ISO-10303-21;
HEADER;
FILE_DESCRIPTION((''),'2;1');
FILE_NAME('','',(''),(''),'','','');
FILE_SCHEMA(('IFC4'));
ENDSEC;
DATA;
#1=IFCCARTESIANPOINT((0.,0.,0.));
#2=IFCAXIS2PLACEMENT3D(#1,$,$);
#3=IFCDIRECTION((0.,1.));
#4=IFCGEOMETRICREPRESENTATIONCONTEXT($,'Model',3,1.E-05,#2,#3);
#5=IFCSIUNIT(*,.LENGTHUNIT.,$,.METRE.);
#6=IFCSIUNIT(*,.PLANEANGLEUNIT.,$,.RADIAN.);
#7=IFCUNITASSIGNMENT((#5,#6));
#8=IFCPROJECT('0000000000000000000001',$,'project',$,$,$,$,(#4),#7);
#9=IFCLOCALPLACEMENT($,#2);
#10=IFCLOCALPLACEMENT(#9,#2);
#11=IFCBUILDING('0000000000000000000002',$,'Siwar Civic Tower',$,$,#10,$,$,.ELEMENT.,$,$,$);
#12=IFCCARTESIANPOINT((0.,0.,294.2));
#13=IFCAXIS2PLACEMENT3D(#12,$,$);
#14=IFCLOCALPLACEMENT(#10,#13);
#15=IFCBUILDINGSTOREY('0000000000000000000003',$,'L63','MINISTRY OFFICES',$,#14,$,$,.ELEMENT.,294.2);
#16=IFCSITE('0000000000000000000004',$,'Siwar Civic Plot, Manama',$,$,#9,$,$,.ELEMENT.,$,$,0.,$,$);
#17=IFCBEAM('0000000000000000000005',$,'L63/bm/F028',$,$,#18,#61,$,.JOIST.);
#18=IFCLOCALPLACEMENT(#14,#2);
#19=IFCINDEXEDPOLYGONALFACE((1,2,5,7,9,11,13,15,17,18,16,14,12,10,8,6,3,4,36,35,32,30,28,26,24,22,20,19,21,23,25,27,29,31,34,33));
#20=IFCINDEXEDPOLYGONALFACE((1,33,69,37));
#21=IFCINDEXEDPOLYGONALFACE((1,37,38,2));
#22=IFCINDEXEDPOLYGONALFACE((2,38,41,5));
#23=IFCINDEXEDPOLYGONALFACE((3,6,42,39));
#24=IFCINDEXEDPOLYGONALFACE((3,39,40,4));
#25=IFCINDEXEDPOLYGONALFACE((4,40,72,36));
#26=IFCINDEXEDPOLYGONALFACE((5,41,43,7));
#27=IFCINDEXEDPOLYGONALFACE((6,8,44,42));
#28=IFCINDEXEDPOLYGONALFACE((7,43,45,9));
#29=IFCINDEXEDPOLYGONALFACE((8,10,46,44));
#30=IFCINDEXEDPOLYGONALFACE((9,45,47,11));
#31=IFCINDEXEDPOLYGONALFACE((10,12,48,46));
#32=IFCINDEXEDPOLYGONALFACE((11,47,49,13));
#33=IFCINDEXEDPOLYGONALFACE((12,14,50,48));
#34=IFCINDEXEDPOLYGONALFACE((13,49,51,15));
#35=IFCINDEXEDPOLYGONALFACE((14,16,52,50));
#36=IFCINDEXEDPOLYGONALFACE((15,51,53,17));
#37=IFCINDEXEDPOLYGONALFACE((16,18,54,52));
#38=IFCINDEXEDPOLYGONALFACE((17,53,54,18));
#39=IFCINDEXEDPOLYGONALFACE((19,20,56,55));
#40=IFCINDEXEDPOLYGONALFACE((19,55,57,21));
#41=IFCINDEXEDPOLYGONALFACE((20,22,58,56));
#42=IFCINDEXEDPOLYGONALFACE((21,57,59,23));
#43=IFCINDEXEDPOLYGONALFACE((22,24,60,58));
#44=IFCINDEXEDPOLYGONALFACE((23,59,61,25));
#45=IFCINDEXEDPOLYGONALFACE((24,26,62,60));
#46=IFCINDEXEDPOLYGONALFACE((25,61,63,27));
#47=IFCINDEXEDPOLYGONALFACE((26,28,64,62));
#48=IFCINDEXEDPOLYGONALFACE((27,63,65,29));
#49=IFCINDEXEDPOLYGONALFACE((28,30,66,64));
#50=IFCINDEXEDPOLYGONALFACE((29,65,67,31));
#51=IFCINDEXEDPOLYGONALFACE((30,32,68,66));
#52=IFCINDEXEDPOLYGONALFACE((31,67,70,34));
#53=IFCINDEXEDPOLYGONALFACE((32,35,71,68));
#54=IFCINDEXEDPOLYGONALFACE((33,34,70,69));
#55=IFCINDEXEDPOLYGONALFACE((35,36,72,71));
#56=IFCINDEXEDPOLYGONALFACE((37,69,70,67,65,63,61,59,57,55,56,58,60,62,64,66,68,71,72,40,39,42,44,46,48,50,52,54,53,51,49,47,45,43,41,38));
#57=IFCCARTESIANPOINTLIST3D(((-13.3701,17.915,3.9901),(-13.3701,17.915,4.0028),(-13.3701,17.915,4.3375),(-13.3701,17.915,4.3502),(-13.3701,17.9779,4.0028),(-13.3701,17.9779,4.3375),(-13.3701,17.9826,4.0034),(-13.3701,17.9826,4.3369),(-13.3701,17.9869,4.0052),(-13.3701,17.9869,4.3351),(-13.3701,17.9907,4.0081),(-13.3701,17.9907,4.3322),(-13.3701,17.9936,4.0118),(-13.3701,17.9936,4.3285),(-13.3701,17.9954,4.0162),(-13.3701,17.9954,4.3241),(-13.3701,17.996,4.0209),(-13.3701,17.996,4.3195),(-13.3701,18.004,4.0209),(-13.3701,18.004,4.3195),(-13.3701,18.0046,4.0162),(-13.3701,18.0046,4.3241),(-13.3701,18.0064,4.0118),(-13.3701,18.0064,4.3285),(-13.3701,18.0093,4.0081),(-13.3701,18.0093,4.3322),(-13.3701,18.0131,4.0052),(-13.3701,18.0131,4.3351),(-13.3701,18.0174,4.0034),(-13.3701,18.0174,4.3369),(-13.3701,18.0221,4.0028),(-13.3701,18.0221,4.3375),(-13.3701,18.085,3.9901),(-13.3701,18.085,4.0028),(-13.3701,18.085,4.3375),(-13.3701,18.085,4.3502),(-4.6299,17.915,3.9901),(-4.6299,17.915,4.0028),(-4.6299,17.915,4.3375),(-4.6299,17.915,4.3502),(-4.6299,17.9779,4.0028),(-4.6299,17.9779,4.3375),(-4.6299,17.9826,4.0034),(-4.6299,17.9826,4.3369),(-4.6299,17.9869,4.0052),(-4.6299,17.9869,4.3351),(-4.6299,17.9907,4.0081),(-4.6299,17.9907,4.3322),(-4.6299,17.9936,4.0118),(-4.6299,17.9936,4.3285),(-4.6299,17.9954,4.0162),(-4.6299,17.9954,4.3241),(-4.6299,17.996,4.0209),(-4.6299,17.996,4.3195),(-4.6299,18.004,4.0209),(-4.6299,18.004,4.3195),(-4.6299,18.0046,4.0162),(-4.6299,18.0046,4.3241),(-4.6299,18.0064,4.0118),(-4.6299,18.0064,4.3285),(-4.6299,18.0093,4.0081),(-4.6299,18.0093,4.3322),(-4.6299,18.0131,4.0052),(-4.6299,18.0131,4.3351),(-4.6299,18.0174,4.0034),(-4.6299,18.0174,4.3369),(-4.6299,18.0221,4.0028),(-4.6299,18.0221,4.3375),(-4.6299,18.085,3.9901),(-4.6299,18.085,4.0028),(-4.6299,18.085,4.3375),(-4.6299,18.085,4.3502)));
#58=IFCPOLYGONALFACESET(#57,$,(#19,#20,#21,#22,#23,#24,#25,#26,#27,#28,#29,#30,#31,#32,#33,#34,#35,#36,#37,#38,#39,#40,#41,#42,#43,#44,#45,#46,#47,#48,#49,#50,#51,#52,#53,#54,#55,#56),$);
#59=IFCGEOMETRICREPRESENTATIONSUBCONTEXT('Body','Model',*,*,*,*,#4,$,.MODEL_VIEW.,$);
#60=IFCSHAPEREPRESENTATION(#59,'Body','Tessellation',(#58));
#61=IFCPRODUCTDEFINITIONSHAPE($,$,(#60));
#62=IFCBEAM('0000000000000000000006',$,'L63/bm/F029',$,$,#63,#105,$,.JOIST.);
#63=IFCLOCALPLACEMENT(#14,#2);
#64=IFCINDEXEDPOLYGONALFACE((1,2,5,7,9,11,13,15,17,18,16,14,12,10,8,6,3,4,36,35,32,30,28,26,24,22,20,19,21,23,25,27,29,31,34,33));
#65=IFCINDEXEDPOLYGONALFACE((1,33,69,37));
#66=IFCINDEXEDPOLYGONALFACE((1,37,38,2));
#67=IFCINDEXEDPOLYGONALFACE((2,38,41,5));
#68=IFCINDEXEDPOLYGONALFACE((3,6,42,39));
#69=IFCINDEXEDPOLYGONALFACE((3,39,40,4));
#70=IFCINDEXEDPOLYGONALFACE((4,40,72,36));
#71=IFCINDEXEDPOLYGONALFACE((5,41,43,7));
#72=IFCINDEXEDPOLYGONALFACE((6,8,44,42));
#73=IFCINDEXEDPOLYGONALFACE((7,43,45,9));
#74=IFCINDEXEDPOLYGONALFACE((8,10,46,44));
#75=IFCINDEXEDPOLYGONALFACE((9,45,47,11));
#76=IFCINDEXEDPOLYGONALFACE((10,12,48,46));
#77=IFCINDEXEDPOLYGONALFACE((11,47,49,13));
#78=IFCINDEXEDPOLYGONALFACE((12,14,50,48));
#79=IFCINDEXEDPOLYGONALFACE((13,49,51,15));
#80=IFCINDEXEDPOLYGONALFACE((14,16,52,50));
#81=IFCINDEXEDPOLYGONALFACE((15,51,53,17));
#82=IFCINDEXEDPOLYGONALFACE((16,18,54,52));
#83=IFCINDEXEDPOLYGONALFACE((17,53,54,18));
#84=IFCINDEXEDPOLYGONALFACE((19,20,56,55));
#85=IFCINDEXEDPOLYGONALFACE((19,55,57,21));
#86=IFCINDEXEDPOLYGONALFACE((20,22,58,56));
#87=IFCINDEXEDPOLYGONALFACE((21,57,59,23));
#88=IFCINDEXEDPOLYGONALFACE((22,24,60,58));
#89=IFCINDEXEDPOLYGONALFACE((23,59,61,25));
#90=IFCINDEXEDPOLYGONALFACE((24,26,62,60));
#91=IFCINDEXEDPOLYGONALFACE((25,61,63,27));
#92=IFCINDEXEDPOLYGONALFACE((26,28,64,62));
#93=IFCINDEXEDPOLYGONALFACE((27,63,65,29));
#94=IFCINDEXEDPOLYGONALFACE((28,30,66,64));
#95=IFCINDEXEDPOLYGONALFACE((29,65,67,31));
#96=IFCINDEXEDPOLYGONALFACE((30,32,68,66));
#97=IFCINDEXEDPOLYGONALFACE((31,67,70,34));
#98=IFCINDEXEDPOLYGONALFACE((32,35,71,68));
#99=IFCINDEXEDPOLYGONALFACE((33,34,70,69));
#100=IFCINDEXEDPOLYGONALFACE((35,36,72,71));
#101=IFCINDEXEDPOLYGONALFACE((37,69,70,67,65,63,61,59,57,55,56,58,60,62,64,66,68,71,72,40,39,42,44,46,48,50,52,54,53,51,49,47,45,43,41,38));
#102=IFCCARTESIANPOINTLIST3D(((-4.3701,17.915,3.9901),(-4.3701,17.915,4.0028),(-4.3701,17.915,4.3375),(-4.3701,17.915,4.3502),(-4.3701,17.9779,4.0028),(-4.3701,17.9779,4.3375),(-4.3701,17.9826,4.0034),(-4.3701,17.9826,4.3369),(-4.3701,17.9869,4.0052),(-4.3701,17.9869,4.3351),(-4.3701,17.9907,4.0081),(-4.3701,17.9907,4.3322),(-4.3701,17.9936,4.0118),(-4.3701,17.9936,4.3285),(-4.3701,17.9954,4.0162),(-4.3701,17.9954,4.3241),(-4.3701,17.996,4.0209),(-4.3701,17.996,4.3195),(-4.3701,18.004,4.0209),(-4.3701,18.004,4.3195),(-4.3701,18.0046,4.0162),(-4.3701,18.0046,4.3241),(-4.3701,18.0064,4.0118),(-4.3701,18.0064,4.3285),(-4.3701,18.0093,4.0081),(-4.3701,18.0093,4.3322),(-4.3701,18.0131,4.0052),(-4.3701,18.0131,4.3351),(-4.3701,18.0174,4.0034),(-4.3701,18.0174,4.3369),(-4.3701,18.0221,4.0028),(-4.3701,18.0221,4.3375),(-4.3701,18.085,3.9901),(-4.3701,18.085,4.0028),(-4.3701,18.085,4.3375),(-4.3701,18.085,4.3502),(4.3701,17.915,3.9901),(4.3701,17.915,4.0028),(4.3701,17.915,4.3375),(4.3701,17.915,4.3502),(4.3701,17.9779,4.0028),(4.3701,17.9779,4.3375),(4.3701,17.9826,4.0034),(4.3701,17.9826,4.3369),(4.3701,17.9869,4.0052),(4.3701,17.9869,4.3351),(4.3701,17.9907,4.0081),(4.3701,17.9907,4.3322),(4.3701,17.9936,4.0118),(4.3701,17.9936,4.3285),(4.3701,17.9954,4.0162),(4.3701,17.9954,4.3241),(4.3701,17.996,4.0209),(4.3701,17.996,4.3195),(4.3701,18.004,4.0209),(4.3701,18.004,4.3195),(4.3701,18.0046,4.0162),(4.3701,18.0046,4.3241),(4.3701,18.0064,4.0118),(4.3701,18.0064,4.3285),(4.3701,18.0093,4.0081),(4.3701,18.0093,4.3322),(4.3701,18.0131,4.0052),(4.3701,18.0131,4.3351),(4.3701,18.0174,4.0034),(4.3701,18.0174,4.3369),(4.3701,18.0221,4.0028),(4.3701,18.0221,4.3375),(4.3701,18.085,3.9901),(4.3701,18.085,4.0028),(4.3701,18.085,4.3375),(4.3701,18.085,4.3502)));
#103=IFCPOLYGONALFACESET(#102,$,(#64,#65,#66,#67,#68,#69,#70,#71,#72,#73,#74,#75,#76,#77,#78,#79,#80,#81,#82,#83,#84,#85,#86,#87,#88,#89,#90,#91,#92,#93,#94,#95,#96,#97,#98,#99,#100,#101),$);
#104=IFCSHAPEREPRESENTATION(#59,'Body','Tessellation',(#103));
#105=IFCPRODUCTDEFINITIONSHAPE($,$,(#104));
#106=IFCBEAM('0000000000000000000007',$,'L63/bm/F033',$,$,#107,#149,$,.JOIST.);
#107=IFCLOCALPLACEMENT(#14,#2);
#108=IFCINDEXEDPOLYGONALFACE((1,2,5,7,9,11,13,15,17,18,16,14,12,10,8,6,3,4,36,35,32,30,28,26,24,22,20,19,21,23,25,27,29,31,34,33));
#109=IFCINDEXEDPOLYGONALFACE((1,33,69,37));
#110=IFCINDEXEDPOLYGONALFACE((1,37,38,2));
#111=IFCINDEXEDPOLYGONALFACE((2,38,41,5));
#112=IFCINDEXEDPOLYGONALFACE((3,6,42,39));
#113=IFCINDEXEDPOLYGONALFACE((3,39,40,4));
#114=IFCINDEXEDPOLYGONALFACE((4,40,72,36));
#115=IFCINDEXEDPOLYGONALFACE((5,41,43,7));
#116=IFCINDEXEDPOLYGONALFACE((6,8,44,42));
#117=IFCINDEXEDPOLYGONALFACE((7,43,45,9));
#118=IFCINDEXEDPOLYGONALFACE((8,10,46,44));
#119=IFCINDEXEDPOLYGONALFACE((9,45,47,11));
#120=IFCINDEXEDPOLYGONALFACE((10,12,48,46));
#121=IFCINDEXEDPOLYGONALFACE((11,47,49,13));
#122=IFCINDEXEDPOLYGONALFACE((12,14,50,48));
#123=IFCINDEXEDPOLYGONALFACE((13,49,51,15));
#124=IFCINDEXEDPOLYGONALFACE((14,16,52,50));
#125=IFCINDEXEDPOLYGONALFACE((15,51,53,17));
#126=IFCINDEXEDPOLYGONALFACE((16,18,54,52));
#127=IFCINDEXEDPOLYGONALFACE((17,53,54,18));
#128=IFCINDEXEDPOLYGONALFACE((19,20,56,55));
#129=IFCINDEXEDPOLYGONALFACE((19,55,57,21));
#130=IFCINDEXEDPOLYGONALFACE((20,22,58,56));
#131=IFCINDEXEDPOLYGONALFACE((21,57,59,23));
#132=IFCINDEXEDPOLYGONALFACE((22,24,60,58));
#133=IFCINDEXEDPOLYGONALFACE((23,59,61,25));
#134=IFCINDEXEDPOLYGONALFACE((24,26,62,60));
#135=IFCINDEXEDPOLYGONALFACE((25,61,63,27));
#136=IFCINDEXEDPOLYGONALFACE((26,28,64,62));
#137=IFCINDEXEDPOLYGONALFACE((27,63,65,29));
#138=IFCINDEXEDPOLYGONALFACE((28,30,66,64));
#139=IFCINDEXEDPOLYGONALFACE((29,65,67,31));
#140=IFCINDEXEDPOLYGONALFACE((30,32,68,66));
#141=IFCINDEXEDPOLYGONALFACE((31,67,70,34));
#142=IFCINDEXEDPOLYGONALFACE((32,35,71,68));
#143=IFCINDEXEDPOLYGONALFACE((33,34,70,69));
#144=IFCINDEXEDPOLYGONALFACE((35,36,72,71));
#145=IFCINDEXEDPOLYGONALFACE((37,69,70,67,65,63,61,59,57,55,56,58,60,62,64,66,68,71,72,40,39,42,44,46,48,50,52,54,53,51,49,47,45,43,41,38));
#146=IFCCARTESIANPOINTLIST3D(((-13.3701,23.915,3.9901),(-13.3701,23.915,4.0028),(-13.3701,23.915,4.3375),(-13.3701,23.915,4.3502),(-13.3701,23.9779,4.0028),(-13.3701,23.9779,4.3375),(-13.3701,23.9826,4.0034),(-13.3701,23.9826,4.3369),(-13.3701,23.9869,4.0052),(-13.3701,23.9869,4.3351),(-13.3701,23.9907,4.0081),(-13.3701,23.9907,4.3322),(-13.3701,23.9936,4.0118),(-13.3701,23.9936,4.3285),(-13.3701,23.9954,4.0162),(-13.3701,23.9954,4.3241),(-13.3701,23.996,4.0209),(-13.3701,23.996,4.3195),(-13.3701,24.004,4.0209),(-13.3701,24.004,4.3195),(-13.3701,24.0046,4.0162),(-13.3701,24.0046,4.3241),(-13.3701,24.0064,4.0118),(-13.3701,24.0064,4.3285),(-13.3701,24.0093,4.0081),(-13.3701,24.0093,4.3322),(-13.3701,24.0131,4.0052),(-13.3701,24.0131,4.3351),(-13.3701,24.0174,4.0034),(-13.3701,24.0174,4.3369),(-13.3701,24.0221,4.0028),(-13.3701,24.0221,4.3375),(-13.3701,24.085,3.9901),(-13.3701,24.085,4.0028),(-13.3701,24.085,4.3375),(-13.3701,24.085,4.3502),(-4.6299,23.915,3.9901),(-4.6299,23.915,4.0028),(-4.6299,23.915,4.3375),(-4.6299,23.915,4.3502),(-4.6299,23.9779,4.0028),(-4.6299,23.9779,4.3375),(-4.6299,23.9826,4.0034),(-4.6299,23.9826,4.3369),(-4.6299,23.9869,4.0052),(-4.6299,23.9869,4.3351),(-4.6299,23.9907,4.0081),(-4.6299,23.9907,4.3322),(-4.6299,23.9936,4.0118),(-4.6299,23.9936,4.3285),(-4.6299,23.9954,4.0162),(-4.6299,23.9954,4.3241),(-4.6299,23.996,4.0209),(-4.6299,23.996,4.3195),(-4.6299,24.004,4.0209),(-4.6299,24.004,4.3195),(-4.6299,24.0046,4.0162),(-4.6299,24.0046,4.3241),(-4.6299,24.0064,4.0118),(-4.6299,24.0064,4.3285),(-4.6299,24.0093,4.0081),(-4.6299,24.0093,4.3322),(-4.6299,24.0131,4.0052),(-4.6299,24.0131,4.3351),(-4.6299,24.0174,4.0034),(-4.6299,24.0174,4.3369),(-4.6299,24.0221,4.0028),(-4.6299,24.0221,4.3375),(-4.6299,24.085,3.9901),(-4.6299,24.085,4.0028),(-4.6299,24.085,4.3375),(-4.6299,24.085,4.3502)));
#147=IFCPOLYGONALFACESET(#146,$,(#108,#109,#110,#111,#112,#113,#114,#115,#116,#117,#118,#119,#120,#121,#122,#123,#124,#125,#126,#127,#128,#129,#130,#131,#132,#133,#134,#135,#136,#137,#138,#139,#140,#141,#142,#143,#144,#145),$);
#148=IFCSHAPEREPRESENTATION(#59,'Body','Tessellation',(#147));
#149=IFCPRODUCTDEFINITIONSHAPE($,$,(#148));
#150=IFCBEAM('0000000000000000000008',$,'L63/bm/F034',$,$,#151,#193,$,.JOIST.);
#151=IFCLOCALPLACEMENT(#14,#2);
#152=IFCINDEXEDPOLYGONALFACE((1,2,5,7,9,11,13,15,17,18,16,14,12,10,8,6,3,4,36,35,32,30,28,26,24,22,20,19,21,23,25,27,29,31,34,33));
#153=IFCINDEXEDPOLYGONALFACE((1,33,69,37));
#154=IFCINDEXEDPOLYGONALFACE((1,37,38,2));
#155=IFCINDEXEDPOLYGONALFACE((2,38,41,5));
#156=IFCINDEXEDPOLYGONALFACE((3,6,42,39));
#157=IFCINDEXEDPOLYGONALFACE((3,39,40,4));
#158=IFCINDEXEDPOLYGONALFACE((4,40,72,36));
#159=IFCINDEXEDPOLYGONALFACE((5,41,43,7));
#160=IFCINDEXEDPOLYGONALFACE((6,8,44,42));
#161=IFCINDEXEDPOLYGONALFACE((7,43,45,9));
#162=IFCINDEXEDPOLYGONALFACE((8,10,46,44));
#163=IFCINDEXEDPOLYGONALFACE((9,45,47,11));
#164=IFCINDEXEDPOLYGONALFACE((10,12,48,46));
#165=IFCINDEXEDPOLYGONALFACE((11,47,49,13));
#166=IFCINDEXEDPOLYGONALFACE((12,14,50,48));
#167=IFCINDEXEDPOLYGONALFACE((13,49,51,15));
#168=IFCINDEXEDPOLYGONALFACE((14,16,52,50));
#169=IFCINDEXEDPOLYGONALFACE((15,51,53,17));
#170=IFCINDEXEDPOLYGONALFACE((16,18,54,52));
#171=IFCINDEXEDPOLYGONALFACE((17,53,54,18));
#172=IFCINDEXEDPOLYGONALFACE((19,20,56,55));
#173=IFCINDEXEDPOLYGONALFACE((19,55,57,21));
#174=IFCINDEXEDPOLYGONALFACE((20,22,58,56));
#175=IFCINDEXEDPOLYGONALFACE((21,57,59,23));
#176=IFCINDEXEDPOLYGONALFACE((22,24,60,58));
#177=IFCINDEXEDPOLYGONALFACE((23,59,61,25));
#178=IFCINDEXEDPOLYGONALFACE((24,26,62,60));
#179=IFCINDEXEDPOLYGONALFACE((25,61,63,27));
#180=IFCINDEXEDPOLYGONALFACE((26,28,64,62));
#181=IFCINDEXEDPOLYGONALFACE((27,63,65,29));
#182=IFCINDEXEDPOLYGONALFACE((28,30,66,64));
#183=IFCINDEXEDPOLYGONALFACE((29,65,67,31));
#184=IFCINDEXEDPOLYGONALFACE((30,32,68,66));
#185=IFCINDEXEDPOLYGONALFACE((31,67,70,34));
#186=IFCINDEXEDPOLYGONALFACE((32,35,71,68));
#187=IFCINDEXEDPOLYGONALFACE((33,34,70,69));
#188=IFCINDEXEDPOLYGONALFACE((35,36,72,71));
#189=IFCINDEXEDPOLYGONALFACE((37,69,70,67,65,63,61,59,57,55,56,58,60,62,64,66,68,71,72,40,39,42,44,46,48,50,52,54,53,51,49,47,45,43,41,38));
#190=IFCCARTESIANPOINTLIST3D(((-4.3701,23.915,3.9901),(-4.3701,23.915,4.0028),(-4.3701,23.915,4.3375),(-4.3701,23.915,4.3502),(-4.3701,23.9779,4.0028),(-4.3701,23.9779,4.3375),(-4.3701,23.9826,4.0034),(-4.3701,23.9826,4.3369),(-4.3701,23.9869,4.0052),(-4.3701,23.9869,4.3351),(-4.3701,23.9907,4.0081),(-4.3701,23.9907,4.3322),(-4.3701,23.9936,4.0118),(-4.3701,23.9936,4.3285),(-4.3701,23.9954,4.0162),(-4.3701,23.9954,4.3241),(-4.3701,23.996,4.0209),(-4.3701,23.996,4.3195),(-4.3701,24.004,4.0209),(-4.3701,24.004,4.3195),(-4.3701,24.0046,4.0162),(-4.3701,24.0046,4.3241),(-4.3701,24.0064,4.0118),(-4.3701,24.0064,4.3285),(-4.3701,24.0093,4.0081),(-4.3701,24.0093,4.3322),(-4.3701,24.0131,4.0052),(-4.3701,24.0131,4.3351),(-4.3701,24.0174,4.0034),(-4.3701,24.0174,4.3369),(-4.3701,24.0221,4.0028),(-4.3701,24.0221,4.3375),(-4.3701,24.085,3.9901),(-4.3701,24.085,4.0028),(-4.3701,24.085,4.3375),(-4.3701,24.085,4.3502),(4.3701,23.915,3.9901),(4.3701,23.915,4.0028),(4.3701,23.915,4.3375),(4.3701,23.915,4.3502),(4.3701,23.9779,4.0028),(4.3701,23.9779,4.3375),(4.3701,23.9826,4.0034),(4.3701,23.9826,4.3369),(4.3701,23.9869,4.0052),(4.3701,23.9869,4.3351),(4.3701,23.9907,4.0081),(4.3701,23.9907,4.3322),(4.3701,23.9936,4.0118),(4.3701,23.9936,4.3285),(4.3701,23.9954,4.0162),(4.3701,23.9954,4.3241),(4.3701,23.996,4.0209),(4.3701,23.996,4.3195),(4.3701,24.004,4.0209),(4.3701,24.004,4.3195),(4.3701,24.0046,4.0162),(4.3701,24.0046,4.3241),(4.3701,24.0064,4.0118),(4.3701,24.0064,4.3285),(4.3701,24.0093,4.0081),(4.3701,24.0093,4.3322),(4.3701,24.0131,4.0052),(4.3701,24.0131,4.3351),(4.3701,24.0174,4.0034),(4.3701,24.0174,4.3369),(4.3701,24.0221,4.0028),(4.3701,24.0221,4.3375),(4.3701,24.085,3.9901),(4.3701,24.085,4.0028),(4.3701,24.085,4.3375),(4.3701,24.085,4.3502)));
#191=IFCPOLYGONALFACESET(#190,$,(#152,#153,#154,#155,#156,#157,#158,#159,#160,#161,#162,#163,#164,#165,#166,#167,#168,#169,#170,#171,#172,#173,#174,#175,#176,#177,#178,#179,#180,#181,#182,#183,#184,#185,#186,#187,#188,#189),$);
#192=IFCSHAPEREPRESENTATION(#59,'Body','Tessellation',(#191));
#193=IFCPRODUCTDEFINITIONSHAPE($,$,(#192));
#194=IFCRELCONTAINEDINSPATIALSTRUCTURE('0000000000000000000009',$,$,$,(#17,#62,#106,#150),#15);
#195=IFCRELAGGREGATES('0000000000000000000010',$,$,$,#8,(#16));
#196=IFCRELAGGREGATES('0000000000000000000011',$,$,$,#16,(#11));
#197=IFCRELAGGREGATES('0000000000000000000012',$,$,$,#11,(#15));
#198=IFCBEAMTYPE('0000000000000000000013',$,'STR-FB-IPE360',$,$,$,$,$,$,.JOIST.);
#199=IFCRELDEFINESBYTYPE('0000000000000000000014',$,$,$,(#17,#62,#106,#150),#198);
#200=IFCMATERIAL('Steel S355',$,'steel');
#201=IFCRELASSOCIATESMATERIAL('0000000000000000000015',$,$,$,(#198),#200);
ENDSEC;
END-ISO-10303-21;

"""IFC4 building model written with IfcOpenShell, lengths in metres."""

from ifc_helpers import new_model, si_unit, direction, frame, origin, origin_2d, place, context, subcontext, project, spatial, i_section, extrude, material, material_profile, profile_set, type_object, element, save


model = new_model("IFC4")

# Units and contexts
model_context = context("Model", 3, precision=1e-05, world=origin(), true_north=direction((0.0, 1.0)))
body_context = subcontext(model_context, "Body", "Model", "MODEL_VIEW")
ifc_project = project(units=[si_unit("LENGTHUNIT", "METRE"), si_unit("PLANEANGLEUNIT", "RADIAN")], contexts=[model_context])

# Site, building, storey
site_placement = place(None, origin())
site = spatial("IfcSite", under=ifc_project, at=site_placement, Name="Siwar Civic Plot, Manama", CompositionType="ELEMENT", RefElevation=0.0)
building_placement = place(site_placement, origin())
building = spatial("IfcBuilding", under=site, at=building_placement, Name="Siwar Civic Tower", CompositionType="ELEMENT")
storey_placement = place(building_placement, frame((0.0, 0.0, 294.2)))
storey = spatial("IfcBuildingStorey", under=building, at=storey_placement, Name="L63", Description="MINISTRY OFFICES", CompositionType="ELEMENT", Elevation=294.2)

# Beams
ifc_material_1 = material(Name="Steel S355", Category="steel")
ifc_material_profile_1 = material_profile(ifc_material_1, i_section(OverallWidth=0.1699, OverallDepth=0.3601, WebThickness=0.0081, FlangeThickness=0.0127, FilletRadius=0.0181, at=origin_2d()), Name="IPE360")
ifc_profile_set_1 = profile_set([ifc_material_profile_1], Name="Steel S355")
beam_type_1 = type_object("IfcBeamType", Name="STR-FB-IPE360", PredefinedType="JOIST", material=ifc_profile_set_1)
for number, where, z_axis, x_axis, name in (
    (1, (-13.3701, 18.0, 4.1702), (1.0, 0.0, 0.0), (0.0, 1.0, 0.0), "L63/bm/F028"),
    (2, (-4.3701, 18.0, 4.1702), (1.0, 0.0, 0.0), (0.0, 1.0, 0.0), "L63/bm/F029"),
    (3, (-13.3701, 24.0, 4.1702), (1.0, 0.0, 0.0), (0.0, 1.0, 0.0), "L63/bm/F033"),
    (4, (-4.3701, 24.0, 4.1702), (1.0, 0.0, 0.0), (0.0, 1.0, 0.0), "L63/bm/F034"),
):
    element("IfcBeam", number, at=place(storey_placement, frame(where, z_axis=z_axis, x_axis=x_axis)), inside=storey, type_object=beam_type_1, Name=name, PredefinedType="JOIST", context=body_context, shape_type="SweptSolid", body=[
        extrude(i_section(OverallWidth=0.1699, OverallDepth=0.3601, WebThickness=0.0081, FlangeThickness=0.0127, FilletRadius=0.0181, at=origin_2d()), origin(), (0.0, 0.0, 1.0), 8.7402),
    ])

save(model, "model.ifc")
